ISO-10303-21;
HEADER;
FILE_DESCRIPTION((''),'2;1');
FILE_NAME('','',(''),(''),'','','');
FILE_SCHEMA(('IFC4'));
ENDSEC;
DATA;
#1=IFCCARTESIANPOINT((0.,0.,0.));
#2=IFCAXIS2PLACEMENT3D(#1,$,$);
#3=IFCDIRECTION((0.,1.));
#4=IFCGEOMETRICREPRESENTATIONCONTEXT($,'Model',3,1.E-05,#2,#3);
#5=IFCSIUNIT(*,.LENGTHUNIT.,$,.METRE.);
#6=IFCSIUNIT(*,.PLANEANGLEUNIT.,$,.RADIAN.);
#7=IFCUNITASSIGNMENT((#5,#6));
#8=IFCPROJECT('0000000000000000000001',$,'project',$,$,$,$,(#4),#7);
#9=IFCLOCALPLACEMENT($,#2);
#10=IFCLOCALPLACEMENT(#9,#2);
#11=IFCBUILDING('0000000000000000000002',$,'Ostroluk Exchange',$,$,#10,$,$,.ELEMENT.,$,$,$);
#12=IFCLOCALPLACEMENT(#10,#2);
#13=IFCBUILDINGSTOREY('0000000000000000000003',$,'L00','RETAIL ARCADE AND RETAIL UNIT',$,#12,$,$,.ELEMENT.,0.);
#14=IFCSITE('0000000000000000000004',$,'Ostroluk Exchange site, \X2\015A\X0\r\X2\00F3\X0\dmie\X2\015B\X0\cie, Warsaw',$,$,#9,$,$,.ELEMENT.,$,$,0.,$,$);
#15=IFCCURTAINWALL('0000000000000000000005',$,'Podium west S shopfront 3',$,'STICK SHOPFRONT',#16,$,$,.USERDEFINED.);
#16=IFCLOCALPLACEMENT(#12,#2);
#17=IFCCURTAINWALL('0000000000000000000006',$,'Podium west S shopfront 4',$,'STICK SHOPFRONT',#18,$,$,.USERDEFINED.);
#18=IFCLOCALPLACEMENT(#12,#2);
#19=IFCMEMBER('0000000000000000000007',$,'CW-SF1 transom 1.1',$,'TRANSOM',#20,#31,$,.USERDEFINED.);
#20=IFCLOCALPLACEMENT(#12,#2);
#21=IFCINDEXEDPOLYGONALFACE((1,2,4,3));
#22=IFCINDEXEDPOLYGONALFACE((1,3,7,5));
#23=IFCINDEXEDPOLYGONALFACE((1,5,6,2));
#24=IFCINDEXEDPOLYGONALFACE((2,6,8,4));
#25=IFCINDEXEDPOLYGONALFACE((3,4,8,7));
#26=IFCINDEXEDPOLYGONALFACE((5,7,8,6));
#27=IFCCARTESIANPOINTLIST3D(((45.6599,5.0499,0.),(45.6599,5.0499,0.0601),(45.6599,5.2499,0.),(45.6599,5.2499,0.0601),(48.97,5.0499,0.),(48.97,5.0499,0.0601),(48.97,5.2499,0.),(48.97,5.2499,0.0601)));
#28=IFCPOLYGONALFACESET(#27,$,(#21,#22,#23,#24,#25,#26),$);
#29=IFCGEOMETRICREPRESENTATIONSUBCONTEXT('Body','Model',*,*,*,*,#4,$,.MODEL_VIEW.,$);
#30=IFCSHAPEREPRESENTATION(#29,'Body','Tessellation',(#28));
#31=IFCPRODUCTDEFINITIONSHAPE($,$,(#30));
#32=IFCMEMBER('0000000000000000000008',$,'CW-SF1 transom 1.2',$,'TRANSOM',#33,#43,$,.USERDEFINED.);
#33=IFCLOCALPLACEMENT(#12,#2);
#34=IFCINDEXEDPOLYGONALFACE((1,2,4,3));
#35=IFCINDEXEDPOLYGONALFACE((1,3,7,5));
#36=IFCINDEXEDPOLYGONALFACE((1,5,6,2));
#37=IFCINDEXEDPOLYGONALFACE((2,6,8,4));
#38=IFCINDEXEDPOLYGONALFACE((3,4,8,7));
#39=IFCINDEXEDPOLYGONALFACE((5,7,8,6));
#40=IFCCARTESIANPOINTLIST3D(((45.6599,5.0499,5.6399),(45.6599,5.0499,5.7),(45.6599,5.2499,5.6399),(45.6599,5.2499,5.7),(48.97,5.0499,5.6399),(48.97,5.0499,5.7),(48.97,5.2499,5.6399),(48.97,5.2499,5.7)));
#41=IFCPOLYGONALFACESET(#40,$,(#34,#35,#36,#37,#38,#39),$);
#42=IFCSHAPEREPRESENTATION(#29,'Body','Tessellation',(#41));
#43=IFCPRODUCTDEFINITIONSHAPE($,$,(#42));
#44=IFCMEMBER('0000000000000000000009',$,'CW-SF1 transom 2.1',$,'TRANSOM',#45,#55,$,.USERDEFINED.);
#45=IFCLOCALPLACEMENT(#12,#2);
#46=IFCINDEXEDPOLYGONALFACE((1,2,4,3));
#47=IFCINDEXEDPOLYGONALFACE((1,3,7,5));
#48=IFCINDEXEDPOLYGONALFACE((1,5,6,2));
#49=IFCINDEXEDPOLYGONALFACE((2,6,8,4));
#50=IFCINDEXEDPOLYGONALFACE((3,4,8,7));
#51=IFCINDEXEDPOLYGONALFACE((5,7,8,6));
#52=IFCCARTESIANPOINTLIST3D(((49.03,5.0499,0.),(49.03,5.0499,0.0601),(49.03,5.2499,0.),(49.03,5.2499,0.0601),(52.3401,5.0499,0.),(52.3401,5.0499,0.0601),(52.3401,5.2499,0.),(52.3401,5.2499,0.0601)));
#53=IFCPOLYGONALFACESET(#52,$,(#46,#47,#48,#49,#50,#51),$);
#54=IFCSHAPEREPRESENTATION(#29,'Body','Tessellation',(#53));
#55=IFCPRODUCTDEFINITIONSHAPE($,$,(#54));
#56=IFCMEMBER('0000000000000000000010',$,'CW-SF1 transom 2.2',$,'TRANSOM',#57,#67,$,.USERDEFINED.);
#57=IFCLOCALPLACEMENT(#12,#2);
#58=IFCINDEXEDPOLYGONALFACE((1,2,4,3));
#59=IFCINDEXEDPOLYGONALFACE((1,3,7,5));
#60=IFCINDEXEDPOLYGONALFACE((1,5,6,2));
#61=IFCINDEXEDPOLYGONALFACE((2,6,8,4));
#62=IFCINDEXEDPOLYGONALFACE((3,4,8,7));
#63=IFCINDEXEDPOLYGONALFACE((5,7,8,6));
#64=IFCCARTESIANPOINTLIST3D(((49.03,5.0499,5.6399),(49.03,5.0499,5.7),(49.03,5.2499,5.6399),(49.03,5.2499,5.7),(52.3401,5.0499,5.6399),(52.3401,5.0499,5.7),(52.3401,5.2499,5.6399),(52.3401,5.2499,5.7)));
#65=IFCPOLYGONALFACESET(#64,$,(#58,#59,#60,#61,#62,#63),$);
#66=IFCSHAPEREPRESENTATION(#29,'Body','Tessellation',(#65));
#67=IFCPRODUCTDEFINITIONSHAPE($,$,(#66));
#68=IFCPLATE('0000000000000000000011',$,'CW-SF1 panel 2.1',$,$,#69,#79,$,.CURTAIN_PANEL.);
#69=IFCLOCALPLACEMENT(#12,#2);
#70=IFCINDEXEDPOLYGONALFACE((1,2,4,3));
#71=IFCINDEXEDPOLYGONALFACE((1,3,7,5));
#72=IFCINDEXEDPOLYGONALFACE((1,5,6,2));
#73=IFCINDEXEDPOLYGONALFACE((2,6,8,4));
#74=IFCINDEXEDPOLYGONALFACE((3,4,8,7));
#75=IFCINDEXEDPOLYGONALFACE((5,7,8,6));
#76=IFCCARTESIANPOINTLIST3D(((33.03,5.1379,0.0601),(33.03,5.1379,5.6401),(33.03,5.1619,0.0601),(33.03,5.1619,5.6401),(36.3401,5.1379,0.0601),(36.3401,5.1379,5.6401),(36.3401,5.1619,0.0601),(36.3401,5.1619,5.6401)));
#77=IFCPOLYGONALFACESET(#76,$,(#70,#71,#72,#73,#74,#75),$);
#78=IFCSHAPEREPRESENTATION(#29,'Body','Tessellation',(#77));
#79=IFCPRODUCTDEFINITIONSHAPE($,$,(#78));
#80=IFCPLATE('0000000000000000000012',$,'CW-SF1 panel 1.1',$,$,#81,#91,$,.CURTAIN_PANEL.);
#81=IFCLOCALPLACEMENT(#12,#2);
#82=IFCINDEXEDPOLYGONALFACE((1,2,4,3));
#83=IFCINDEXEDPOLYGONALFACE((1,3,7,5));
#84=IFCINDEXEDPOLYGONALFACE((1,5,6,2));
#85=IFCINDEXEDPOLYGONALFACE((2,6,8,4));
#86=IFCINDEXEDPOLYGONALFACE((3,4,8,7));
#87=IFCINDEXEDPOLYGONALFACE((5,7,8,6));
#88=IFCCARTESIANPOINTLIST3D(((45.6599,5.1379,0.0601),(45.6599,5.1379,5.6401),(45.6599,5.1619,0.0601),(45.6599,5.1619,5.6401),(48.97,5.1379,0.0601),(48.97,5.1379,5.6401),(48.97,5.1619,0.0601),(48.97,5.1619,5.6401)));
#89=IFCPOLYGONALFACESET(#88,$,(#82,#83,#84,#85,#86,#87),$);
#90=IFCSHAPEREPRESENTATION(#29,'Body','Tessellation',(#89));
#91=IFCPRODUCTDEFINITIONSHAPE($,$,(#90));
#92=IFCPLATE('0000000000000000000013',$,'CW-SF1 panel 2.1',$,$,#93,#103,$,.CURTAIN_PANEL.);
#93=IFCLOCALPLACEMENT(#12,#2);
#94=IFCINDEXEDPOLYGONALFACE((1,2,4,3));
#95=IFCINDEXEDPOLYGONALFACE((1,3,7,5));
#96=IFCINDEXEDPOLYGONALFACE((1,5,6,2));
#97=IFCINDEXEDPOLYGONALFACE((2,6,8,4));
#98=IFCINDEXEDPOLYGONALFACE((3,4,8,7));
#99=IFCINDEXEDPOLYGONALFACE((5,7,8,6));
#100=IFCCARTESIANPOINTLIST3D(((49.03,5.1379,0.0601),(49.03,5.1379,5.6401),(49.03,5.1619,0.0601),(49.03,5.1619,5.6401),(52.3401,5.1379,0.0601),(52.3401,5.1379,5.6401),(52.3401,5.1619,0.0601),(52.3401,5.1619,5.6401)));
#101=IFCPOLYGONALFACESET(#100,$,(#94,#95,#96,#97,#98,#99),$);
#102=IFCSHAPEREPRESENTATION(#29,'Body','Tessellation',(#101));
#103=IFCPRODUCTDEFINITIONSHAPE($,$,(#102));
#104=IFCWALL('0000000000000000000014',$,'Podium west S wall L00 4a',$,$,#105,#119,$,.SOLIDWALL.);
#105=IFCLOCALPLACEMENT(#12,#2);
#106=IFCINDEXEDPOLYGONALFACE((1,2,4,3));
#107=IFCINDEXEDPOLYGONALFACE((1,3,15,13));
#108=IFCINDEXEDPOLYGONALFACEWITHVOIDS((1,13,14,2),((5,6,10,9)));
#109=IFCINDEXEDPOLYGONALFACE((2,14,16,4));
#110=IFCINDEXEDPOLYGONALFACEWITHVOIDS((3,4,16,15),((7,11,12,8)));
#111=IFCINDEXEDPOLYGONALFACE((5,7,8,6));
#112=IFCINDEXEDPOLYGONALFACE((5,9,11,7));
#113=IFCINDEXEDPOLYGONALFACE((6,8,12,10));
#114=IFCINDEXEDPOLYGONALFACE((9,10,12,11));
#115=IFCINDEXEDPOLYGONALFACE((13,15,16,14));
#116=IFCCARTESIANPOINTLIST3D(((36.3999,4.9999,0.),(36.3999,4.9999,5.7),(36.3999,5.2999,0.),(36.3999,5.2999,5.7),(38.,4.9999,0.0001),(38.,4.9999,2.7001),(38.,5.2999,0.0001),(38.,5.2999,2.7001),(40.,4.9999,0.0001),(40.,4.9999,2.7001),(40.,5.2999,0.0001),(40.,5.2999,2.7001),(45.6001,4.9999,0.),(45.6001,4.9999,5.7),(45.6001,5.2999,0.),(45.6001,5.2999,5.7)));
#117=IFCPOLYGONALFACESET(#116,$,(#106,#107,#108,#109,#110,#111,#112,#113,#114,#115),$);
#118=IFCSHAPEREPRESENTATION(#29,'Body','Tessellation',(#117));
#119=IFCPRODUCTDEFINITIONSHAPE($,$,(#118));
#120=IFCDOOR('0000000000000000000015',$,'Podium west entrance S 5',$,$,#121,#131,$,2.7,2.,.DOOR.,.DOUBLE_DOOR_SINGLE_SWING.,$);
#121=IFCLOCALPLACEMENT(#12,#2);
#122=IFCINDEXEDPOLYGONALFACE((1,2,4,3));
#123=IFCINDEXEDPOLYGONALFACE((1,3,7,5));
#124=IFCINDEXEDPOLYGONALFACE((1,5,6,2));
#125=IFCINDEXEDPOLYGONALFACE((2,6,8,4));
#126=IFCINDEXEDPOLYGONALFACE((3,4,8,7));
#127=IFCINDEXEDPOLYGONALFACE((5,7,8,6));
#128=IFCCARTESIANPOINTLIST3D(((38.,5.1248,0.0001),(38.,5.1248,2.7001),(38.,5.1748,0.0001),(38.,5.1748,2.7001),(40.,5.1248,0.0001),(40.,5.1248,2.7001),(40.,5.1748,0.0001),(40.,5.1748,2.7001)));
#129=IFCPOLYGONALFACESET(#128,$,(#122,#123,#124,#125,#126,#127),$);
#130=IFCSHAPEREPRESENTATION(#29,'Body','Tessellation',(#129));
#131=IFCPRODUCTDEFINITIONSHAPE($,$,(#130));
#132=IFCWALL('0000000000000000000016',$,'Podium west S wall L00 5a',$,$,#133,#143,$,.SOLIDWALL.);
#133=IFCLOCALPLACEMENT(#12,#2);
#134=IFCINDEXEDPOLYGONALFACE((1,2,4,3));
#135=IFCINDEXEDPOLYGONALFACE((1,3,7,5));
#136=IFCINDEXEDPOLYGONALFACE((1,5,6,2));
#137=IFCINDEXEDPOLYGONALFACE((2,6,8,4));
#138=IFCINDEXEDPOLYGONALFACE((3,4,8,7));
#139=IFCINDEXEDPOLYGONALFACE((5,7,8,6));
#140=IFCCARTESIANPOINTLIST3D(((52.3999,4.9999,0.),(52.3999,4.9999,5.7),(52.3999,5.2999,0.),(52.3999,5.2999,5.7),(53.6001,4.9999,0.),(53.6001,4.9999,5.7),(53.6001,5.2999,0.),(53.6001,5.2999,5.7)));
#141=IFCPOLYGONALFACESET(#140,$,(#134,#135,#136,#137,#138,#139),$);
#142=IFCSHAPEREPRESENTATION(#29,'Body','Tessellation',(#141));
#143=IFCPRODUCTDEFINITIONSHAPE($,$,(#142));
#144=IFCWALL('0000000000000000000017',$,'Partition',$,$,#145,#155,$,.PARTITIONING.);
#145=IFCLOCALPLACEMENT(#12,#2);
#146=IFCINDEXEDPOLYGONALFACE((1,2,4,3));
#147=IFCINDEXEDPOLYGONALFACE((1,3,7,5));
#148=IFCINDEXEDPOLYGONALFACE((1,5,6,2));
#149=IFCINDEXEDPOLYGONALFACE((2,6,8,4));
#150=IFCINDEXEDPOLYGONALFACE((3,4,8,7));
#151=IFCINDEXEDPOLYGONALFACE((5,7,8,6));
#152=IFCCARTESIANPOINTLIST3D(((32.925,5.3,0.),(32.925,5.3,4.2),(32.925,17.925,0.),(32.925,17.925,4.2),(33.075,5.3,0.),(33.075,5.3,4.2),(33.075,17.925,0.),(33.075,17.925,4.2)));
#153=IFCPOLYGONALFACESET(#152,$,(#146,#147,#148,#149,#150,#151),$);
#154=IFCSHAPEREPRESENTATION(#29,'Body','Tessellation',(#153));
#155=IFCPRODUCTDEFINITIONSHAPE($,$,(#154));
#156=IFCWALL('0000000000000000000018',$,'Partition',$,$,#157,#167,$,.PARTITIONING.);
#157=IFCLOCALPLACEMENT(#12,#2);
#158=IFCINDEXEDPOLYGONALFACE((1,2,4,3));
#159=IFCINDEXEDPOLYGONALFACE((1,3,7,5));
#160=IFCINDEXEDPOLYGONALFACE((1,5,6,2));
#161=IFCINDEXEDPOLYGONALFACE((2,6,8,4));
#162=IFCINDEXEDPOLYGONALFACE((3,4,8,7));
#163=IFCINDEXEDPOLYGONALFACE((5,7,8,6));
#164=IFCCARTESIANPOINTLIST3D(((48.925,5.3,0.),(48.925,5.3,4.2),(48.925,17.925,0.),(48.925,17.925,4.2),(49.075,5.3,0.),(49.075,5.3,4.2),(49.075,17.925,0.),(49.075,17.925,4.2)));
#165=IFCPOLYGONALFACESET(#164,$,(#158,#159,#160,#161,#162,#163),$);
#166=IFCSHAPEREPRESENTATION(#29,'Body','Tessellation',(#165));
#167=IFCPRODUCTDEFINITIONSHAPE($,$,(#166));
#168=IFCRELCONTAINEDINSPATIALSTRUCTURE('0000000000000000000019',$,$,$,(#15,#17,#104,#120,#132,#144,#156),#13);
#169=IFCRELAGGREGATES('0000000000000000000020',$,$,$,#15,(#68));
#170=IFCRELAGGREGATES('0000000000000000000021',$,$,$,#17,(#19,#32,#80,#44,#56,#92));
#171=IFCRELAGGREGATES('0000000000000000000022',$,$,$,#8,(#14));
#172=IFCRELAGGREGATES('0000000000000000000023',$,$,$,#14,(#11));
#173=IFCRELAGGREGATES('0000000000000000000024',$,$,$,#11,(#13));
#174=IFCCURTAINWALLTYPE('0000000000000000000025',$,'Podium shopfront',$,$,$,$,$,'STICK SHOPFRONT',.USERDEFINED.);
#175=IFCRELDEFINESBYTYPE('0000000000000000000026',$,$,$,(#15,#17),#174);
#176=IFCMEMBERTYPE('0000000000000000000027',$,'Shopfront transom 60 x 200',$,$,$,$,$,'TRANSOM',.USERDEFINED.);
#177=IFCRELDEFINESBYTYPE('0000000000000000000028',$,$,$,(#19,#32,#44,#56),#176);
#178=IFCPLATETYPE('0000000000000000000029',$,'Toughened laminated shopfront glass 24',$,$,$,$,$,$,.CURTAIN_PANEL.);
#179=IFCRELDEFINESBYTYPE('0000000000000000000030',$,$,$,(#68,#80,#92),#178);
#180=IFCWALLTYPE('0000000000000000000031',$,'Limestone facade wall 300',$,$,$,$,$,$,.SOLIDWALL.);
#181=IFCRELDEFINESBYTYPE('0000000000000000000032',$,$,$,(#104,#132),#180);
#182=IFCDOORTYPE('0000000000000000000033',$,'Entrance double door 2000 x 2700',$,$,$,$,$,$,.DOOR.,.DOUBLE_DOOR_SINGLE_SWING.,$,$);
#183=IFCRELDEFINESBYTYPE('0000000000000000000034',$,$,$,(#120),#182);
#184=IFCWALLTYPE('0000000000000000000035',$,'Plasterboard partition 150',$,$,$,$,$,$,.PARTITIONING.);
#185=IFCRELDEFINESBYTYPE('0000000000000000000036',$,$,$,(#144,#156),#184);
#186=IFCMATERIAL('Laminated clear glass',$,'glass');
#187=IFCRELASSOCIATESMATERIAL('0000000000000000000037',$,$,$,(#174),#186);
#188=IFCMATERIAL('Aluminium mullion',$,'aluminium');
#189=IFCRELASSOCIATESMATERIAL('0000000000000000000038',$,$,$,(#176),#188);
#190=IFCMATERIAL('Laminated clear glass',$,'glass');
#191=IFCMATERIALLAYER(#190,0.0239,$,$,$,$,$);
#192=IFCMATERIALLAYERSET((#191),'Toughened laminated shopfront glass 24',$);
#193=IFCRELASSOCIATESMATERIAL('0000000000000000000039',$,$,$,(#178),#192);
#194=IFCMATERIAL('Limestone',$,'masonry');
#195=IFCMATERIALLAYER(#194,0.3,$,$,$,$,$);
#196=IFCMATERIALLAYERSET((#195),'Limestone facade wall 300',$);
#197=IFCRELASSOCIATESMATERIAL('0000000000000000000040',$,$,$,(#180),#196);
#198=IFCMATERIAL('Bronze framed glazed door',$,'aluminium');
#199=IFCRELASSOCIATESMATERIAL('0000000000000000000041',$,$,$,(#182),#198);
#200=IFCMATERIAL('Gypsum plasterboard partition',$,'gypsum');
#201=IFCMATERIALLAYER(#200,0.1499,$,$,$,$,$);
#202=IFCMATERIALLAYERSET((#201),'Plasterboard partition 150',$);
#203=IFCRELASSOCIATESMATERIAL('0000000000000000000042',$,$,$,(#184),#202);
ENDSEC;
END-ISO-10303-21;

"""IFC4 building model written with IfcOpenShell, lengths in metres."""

from ifc_helpers import new_model, si_unit, direction, frame, frame_2d, origin, origin_2d, place, context, subcontext, project, spatial, rectangle, extrude, material, layer, layer_set, material_profile, profile_set, type_object, element, fill, aggregate, save


model = new_model("IFC4")

# Units and contexts
model_context = context("Model", 3, precision=1e-05, world=origin(), true_north=direction((0.0, 1.0)))
body_context = subcontext(model_context, "Body", "Model", "MODEL_VIEW")
ifc_project = project(units=[si_unit("LENGTHUNIT", "METRE"), si_unit("PLANEANGLEUNIT", "RADIAN")], contexts=[model_context])

# Site, building, storey
site_placement = place(None, origin())
site = spatial("IfcSite", under=ifc_project, at=site_placement, Name="Ostroluk Exchange site, Śródmieście, Warsaw", CompositionType="ELEMENT", RefElevation=0.0)
building_placement = place(site_placement, origin())
building = spatial("IfcBuilding", under=site, at=building_placement, Name="Ostroluk Exchange", CompositionType="ELEMENT")
storey_placement = place(building_placement, origin())
storey = spatial("IfcBuildingStorey", under=building, at=storey_placement, Name="L00", Description="RETAIL ARCADE AND RETAIL UNIT", CompositionType="ELEMENT", Elevation=0.0)

# Curtain walls
ifc_material_1 = material(Name="Laminated clear glass", Category="glass")
curtain_wall_type = type_object("IfcCurtainWallType", Name="Podium shopfront", ElementType="STICK SHOPFRONT", PredefinedType="USERDEFINED", material=ifc_material_1)
curtain_wall_1_placement = place(storey_placement, origin())
curtain_wall_1 = element("IfcCurtainWall", 1, at=curtain_wall_1_placement, inside=storey, type_object=curtain_wall_type, Name="Podium west S shopfront 3", ObjectType="STICK SHOPFRONT", PredefinedType="USERDEFINED")
curtain_wall_2_placement = place(storey_placement, origin())
curtain_wall_2 = element("IfcCurtainWall", 2, at=curtain_wall_2_placement, inside=storey, type_object=curtain_wall_type, Name="Podium west S shopfront 4", ObjectType="STICK SHOPFRONT", PredefinedType="USERDEFINED")

# Members
ifc_material_2 = material(Name="Aluminium mullion", Category="aluminium")
ifc_material_profile_1 = material_profile(ifc_material_2, rectangle(XDim=0.2, YDim=0.0601, at=origin_2d()), Name="Shopfront transom 60 x 200")
ifc_profile_set_1 = profile_set([ifc_material_profile_1], Name="Aluminium mullion")
member_type_1 = type_object("IfcMemberType", Name="Shopfront transom 60 x 200", ElementType="TRANSOM", PredefinedType="USERDEFINED", material=ifc_profile_set_1)
member_1_placement = place(storey_placement, frame((45.6599, 5.1499, 0.03), z_axis=(1.0, 0.0, 0.0), x_axis=(0.0, 1.0, 0.0)))
member_1 = element("IfcMember", 3, at=member_1_placement, type_object=member_type_1, Name="CW-SF1 transom 1.1", ObjectType="TRANSOM", PredefinedType="USERDEFINED", context=body_context, shape_type="SweptSolid", body=[
    extrude(rectangle(XDim=0.2, YDim=0.0601, at=origin_2d()), origin(), (0.0, 0.0, 1.0), 3.3101),
])
member_2_placement = place(storey_placement, frame((45.6599, 5.1499, 5.6699), z_axis=(1.0, 0.0, 0.0), x_axis=(0.0, 1.0, 0.0)))
member_2 = element("IfcMember", 4, at=member_2_placement, type_object=member_type_1, Name="CW-SF1 transom 1.2", ObjectType="TRANSOM", PredefinedType="USERDEFINED", context=body_context, shape_type="SweptSolid", body=[
    extrude(rectangle(XDim=0.2, YDim=0.0601, at=origin_2d()), origin(), (0.0, 0.0, 1.0), 3.3101),
])
member_3_placement = place(storey_placement, frame((49.03, 5.1499, 0.03), z_axis=(1.0, 0.0, 0.0), x_axis=(0.0, 1.0, 0.0)))
member_3 = element("IfcMember", 5, at=member_3_placement, type_object=member_type_1, Name="CW-SF1 transom 2.1", ObjectType="TRANSOM", PredefinedType="USERDEFINED", context=body_context, shape_type="SweptSolid", body=[
    extrude(rectangle(XDim=0.2, YDim=0.0601, at=origin_2d()), origin(), (0.0, 0.0, 1.0), 3.3101),
])
member_4_placement = place(storey_placement, frame((49.03, 5.1499, 5.6699), z_axis=(1.0, 0.0, 0.0), x_axis=(0.0, 1.0, 0.0)))
member_4 = element("IfcMember", 6, at=member_4_placement, type_object=member_type_1, Name="CW-SF1 transom 2.2", ObjectType="TRANSOM", PredefinedType="USERDEFINED", context=body_context, shape_type="SweptSolid", body=[
    extrude(rectangle(XDim=0.2, YDim=0.0601, at=origin_2d()), origin(), (0.0, 0.0, 1.0), 3.3101),
])

# Plates
ifc_material_3 = material(Name="Laminated clear glass", Category="glass")
ifc_layer_1 = layer(ifc_material_3, 0.0239)
ifc_layer_set_1 = layer_set([ifc_layer_1], Name="Toughened laminated shopfront glass 24")
plate_type = type_object("IfcPlateType", Name="Toughened laminated shopfront glass 24", PredefinedType="CURTAIN_PANEL", material=ifc_layer_set_1)
plate_1_placement = place(storey_placement, frame((34.6851, 5.1499, 0.0601), z_axis=(0.0, 0.0, 1.0), x_axis=(1.0, 0.0, 0.0)))
plate_1 = element("IfcPlate", 7, at=plate_1_placement, type_object=plate_type, Name="CW-SF1 panel 2.1", PredefinedType="CURTAIN_PANEL", context=body_context, shape_type="SweptSolid", body=[
    extrude(rectangle(XDim=3.3101, YDim=0.0239, at=origin_2d()), origin(), (0.0, 0.0, 1.0), 5.5801),
])
aggregate(curtain_wall_1, [plate_1])
plate_2_placement = place(storey_placement, frame((47.3149, 5.1499, 0.0601), z_axis=(0.0, 0.0, 1.0), x_axis=(1.0, 0.0, 0.0)))
plate_2 = element("IfcPlate", 8, at=plate_2_placement, type_object=plate_type, Name="CW-SF1 panel 1.1", PredefinedType="CURTAIN_PANEL", context=body_context, shape_type="SweptSolid", body=[
    extrude(rectangle(XDim=3.3101, YDim=0.0239, at=origin_2d()), origin(), (0.0, 0.0, 1.0), 5.5801),
])
plate_3_placement = place(storey_placement, frame((50.6851, 5.1499, 0.0601), z_axis=(0.0, 0.0, 1.0), x_axis=(1.0, 0.0, 0.0)))
plate_3 = element("IfcPlate", 9, at=plate_3_placement, type_object=plate_type, Name="CW-SF1 panel 2.1", PredefinedType="CURTAIN_PANEL", context=body_context, shape_type="SweptSolid", body=[
    extrude(rectangle(XDim=3.3101, YDim=0.0239, at=origin_2d()), origin(), (0.0, 0.0, 1.0), 5.5801),
])
aggregate(curtain_wall_2, [member_1, member_2, plate_2, member_3, member_4, plate_3])

# Wall, opening, door
ifc_material_4 = material(Name="Limestone", Category="masonry")
ifc_layer_2 = layer(ifc_material_4, 0.3)
ifc_layer_set_2 = layer_set([ifc_layer_2], Name="Limestone facade wall 300")
wall_type_1 = type_object("IfcWallType", Name="Limestone facade wall 300", PredefinedType="SOLIDWALL", material=ifc_layer_set_2)
wall_1_placement = place(storey_placement, frame((36.3999, 5.1499, 0.0), z_axis=(0.0, 0.0, 1.0), x_axis=(1.0, 0.0, 0.0)))
wall_1 = element("IfcWall", 10, at=wall_1_placement, inside=storey, type_object=wall_type_1, Name="Podium west S wall L00 4a", PredefinedType="SOLIDWALL", context=body_context, shape_type="SweptSolid", body=[
    extrude(rectangle(XDim=9.2002, YDim=0.3, at=frame_2d((4.6001, 0.0))), origin(), (0.0, 0.0, 1.0), 5.7),
])
opening_placement = place(wall_1_placement, frame((1.6001, 0.0, 0.0)))
opening = element("IfcOpeningElement", 11, at=opening_placement, cuts=wall_1, PredefinedType="OPENING", context=body_context, shape_type="SweptSolid", body=[
    extrude(rectangle(XDim=2.0, YDim=2.7, at=frame_2d((1.0, 1.3501))), frame((0.0, 0.1599, 0.0), z_axis=(0.0, -1.0, 0.0), x_axis=(1.0, 0.0, 0.0)), (0.0, 0.0, 1.0), 0.3201),
])
ifc_material_5 = material(Name="Bronze framed glazed door", Category="aluminium")
door_type = type_object("IfcDoorType", Name="Entrance double door 2000 x 2700", OperationType="DOUBLE_DOOR_SINGLE_SWING", PredefinedType="DOOR", material=ifc_material_5)
door_placement = place(opening_placement, origin())
door = element("IfcDoor", 12, at=door_placement, inside=storey, type_object=door_type, Name="Podium west entrance S 5", OperationType="DOUBLE_DOOR_SINGLE_SWING", OverallHeight=2.7, OverallWidth=2.0, PredefinedType="DOOR", context=body_context, shape_type="SweptSolid", body=[
    extrude(rectangle(XDim=2.0, YDim=2.7, at=frame_2d((1.0, 1.3501))), frame((0.0, 0.0249, 0.0), z_axis=(0.0, -1.0, 0.0), x_axis=(1.0, 0.0, 0.0)), (0.0, 0.0, 1.0), 0.05),
])
fill(opening, door)

# Walls
wall_2_placement = place(storey_placement, frame((52.3999, 5.1499, 0.0), z_axis=(0.0, 0.0, 1.0), x_axis=(1.0, 0.0, 0.0)))
element("IfcWall", 13, at=wall_2_placement, inside=storey, type_object=wall_type_1, Name="Podium west S wall L00 5a", PredefinedType="SOLIDWALL", context=body_context, shape_type="SweptSolid", body=[
    extrude(rectangle(XDim=1.2002, YDim=0.3, at=frame_2d((0.6001, 0.0))), origin(), (0.0, 0.0, 1.0), 5.7),
])
ifc_material_6 = material(Name="Gypsum plasterboard partition", Category="gypsum")
ifc_layer_3 = layer(ifc_material_6, 0.1499)
ifc_layer_set_3 = layer_set([ifc_layer_3], Name="Plasterboard partition 150")
wall_type_2 = type_object("IfcWallType", Name="Plasterboard partition 150", PredefinedType="PARTITIONING", material=ifc_layer_set_3)
for number, where, z_axis, x_axis, name in (
    (14, (33.0, 17.925, 0.0), (0.0, 0.0, 1.0), (0.0, -1.0, 0.0), "Partition"),
    (15, (49.0, 17.925, 0.0), (0.0, 0.0, 1.0), (0.0, -1.0, 0.0), "Partition"),
):
    element("IfcWall", number, at=place(storey_placement, frame(where, z_axis=z_axis, x_axis=x_axis)), inside=storey, type_object=wall_type_2, Name=name, PredefinedType="PARTITIONING", context=body_context, shape_type="SweptSolid", body=[
        extrude(rectangle(XDim=12.625, YDim=0.1499, at=frame_2d((6.3125, 0.0))), origin(), (0.0, 0.0, 1.0), 4.2),
    ])

save(model, "model.ifc")
